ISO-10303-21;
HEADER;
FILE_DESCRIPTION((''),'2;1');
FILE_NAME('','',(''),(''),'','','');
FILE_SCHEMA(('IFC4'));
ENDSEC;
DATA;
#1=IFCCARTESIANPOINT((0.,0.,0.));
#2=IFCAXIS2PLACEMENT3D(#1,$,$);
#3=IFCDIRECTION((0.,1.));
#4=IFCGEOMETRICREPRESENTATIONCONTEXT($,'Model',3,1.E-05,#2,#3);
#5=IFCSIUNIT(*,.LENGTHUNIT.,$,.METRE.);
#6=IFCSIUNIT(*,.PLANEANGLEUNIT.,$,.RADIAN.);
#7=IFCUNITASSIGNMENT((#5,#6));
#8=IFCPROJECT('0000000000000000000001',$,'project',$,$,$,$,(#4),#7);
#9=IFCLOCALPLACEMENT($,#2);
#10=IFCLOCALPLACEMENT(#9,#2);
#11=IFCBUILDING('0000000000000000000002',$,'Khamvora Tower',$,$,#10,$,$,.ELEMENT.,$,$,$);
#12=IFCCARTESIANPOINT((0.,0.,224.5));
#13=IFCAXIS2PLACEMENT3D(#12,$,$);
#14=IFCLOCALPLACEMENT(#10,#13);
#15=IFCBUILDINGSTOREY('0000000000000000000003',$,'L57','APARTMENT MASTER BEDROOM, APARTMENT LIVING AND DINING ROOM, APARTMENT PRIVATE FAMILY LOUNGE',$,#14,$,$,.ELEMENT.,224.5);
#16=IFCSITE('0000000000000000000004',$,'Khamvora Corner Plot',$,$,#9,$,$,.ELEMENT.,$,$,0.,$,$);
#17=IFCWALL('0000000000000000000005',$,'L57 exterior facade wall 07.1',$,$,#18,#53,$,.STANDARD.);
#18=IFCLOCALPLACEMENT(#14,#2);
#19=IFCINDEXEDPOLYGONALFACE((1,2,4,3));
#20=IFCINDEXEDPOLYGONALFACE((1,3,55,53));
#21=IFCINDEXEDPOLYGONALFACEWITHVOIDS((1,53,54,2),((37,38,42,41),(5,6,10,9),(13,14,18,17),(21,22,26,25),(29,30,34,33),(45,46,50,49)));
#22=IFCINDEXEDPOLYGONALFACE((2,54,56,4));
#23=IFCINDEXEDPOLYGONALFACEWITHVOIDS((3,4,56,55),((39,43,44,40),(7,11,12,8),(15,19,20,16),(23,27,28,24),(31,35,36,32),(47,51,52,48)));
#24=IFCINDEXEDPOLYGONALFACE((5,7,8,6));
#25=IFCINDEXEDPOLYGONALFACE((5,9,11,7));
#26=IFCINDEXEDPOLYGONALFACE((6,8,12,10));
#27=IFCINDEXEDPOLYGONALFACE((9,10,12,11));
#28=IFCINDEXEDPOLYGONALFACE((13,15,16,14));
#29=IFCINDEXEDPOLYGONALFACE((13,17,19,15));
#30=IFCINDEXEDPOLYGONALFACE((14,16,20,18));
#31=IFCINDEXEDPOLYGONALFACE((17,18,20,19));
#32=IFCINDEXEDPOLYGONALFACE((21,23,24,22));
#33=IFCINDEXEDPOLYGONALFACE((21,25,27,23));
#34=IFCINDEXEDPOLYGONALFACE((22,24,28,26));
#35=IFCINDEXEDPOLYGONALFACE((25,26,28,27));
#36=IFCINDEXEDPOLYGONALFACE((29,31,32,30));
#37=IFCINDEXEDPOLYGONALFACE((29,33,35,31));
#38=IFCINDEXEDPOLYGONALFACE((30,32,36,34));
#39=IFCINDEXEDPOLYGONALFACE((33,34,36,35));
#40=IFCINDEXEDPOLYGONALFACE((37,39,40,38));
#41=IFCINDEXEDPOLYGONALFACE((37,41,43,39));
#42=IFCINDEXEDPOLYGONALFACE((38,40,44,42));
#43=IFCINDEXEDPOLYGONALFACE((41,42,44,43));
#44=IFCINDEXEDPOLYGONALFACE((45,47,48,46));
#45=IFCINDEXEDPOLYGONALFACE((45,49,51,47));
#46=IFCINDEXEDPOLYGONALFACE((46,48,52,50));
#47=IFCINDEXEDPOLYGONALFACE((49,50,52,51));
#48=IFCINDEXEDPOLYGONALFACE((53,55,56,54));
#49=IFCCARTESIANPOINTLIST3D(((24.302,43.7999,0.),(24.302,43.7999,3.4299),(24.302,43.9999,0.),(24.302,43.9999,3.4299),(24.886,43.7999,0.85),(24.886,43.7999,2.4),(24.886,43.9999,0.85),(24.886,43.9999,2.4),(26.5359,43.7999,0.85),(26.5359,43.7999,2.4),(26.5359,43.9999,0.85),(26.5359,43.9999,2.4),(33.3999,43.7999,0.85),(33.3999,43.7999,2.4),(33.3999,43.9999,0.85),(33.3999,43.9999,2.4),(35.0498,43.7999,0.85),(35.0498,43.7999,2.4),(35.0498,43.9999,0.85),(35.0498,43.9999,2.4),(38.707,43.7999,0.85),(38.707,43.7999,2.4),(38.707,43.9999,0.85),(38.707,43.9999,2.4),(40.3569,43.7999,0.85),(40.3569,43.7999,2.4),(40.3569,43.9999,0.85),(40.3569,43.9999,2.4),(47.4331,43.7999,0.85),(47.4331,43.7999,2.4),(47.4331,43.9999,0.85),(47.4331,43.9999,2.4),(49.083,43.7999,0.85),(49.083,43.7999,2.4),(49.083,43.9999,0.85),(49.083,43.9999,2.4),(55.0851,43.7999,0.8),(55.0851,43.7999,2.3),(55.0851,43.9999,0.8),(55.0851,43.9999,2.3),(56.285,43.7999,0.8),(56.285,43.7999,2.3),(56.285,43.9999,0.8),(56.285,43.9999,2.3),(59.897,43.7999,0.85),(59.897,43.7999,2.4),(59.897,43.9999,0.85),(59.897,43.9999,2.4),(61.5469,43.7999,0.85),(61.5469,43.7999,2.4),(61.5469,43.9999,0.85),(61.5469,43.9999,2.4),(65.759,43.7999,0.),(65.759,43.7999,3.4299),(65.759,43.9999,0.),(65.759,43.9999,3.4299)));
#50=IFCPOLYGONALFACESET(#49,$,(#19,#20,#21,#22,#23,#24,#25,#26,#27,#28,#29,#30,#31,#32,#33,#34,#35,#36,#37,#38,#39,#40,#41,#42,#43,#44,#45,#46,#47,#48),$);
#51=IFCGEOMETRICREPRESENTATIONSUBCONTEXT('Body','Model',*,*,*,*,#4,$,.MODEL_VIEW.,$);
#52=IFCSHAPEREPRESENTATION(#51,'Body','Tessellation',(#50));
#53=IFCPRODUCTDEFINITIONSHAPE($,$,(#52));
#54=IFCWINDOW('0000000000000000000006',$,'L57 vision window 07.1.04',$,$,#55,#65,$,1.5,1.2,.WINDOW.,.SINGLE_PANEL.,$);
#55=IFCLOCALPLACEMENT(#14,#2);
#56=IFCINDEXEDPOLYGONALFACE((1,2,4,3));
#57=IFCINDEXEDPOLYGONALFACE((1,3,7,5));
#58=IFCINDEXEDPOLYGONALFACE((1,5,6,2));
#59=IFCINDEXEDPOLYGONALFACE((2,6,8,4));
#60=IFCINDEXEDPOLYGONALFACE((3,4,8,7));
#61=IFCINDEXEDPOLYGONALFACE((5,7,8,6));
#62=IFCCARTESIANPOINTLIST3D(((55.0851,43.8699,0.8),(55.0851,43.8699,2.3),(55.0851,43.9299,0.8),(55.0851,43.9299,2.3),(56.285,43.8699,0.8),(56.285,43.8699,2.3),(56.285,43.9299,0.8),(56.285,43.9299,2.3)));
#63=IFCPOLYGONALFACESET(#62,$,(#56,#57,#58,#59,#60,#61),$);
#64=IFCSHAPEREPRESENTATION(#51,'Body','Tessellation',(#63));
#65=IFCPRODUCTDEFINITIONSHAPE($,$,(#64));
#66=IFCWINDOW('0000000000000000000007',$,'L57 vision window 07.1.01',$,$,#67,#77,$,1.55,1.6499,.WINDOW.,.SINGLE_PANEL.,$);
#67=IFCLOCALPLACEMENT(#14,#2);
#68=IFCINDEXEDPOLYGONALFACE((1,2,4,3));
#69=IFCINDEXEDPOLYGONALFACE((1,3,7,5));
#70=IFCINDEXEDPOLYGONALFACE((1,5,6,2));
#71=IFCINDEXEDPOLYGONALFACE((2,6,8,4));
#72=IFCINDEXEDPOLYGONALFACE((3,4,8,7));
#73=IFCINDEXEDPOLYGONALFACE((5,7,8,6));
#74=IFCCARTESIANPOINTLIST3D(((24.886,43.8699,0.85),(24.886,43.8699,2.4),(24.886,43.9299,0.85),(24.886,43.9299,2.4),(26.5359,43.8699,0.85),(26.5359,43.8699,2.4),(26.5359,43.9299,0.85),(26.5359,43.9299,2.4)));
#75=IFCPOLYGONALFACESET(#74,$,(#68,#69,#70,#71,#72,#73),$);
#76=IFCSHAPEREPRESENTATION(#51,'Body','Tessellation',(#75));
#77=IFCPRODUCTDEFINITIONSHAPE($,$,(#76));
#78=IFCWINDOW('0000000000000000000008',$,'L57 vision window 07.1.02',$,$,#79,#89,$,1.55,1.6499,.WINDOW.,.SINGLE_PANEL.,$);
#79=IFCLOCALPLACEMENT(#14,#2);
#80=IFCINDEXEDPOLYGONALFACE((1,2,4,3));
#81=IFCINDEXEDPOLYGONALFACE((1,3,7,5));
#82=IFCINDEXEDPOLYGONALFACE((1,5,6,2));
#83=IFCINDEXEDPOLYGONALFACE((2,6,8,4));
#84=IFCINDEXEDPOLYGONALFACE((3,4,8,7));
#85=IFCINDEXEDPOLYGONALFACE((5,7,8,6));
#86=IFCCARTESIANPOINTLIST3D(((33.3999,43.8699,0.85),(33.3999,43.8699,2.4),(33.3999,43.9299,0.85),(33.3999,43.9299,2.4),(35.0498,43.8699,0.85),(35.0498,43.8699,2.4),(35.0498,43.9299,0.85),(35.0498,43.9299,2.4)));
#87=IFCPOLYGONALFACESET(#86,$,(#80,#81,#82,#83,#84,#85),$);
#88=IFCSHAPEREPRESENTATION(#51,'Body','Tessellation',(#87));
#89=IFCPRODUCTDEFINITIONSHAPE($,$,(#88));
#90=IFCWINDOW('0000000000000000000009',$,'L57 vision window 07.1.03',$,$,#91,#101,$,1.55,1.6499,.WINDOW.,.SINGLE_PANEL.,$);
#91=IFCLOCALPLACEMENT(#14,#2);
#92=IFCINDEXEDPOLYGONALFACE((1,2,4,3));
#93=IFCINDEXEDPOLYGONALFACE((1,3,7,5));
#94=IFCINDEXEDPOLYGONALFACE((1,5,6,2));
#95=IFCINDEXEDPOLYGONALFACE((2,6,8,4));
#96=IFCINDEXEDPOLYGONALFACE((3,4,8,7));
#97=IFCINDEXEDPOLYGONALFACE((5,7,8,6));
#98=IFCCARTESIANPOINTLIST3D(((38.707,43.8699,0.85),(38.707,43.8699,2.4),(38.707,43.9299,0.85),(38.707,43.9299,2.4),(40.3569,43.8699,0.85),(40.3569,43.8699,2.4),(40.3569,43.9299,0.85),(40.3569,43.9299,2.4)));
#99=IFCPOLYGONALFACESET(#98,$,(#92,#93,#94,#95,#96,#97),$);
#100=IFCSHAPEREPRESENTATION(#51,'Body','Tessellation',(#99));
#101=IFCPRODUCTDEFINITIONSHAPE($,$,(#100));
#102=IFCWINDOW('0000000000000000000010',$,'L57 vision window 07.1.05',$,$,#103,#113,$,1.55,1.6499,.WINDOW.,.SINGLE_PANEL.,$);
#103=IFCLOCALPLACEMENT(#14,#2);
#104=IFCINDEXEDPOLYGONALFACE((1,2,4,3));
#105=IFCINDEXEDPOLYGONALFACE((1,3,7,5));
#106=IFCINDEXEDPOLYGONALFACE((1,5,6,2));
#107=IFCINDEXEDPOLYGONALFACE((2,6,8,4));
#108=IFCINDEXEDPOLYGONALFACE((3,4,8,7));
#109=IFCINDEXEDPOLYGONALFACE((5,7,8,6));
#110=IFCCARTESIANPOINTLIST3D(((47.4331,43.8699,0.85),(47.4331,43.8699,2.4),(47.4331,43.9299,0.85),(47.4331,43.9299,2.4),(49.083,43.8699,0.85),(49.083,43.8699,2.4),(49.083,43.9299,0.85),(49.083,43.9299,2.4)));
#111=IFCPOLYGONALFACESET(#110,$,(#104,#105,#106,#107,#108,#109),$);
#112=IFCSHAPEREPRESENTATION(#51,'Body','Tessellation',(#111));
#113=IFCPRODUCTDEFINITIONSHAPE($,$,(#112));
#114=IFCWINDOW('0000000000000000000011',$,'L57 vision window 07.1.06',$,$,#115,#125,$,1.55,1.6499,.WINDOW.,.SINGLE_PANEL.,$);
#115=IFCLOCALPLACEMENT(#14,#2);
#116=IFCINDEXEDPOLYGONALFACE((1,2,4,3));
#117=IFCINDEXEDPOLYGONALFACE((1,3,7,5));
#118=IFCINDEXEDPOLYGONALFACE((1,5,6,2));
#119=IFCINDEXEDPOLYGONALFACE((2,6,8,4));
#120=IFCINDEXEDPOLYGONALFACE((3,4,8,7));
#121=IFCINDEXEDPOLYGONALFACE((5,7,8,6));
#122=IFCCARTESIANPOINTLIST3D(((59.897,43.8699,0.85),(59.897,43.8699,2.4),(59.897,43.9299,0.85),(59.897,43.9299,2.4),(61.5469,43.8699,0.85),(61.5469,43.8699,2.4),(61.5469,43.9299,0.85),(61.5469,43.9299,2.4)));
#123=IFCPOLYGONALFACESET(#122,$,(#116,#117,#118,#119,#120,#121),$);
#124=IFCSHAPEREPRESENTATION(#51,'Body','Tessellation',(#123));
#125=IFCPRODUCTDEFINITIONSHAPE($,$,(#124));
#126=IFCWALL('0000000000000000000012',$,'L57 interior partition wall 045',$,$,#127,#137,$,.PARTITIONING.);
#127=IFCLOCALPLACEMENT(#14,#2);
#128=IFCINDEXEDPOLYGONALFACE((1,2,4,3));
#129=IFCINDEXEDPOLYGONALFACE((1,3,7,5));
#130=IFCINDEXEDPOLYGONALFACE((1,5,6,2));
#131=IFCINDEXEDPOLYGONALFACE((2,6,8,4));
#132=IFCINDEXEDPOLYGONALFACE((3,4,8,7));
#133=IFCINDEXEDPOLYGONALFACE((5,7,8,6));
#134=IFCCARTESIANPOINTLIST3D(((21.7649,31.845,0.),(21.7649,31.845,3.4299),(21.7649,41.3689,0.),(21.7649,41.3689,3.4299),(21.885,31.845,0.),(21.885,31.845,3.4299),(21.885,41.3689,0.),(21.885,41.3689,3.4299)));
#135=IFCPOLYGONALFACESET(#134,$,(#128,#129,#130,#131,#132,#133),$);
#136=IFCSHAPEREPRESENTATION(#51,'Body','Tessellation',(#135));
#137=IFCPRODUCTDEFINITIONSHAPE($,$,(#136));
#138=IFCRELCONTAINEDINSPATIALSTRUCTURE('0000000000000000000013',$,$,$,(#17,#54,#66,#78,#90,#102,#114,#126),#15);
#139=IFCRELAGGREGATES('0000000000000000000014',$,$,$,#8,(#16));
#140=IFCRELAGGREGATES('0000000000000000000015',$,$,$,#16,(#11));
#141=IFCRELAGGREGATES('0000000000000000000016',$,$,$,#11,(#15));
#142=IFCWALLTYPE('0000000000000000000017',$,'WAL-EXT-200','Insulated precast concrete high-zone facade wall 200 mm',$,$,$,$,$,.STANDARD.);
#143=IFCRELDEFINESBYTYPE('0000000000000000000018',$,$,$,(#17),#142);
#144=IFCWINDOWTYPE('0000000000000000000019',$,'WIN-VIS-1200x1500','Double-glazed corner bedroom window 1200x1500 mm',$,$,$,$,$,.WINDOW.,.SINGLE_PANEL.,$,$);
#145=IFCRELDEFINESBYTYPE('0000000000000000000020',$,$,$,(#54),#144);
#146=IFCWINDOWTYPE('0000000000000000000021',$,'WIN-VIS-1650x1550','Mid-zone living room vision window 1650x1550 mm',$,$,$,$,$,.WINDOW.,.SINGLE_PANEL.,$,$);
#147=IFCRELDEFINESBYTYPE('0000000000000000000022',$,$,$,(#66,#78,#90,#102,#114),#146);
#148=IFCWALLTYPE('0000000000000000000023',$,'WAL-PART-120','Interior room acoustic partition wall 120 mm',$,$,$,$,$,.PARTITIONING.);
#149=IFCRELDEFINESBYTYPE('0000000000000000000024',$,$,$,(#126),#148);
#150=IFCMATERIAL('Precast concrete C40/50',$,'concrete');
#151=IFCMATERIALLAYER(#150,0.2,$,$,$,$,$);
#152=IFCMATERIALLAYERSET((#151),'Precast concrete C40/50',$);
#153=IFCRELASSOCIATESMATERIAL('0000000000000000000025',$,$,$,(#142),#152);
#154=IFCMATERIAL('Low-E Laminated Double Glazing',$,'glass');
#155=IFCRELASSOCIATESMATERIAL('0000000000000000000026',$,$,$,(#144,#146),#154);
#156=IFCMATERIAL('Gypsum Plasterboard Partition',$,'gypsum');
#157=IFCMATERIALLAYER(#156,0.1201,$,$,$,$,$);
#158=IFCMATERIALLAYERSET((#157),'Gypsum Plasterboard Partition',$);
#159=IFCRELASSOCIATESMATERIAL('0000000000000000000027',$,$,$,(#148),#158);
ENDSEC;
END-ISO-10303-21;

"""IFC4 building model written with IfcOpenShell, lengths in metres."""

from ifc_helpers import new_model, si_unit, direction, frame, frame_2d, origin, place, context, subcontext, project, spatial, rectangle, extrude, material, layer, layer_set, type_object, element, fill, save


model = new_model("IFC4")

# Units and contexts
model_context = context("Model", 3, precision=1e-05, world=origin(), true_north=direction((0.0, 1.0)))
body_context = subcontext(model_context, "Body", "Model", "MODEL_VIEW")
ifc_project = project(units=[si_unit("LENGTHUNIT", "METRE"), si_unit("PLANEANGLEUNIT", "RADIAN")], contexts=[model_context])

# Site, building, storey
site_placement = place(None, origin())
site = spatial("IfcSite", under=ifc_project, at=site_placement, Name="Khamvora Corner Plot", CompositionType="ELEMENT", RefElevation=0.0)
building_placement = place(site_placement, origin())
building = spatial("IfcBuilding", under=site, at=building_placement, Name="Khamvora Tower", CompositionType="ELEMENT")
storey_placement = place(building_placement, frame((0.0, 0.0, 224.5)))
storey = spatial("IfcBuildingStorey", under=building, at=storey_placement, Name="L57", Description="APARTMENT MASTER BEDROOM, APARTMENT LIVING AND DINING ROOM, APARTMENT PRIVATE FAMILY LOUNGE", CompositionType="ELEMENT", Elevation=224.5)

# Shared definitions
ifc_material_1 = material(Name="Precast concrete C40/50", Category="concrete")
ifc_layer_1 = layer(ifc_material_1, 0.2)
ifc_layer_set_1 = layer_set([ifc_layer_1], Name="Precast concrete C40/50")
wall_type_1 = type_object("IfcWallType", Name="WAL-EXT-200", Description="Insulated precast concrete high-zone facade wall 200 mm", PredefinedType="STANDARD", material=ifc_layer_set_1)

# Wall, openings, windows
wall_1_placement = place(storey_placement, frame((24.302, 43.8999, 0.0), z_axis=(0.0, 0.0, 1.0), x_axis=(1.0, 0.0, 0.0)))
wall_1 = element("IfcWall", 1, at=wall_1_placement, inside=storey, type_object=wall_type_1, Name="L57 exterior facade wall 07.1", PredefinedType="STANDARD", context=body_context, shape_type="SweptSolid", body=[
    extrude(rectangle(XDim=41.457, YDim=0.2, at=frame_2d((20.7285, 0.0))), origin(), (0.0, 0.0, 1.0), 3.4299),
])
opening_1_placement = place(wall_1_placement, frame((0.584, 0.0, 0.8501)))
opening_1 = element("IfcOpeningElement", 2, at=opening_1_placement, cuts=wall_1, PredefinedType="OPENING", context=body_context, shape_type="SweptSolid", body=[
    extrude(rectangle(XDim=1.6499, YDim=1.55, at=frame_2d((0.825, 0.7749))), frame((0.0, 0.1099, 0.0), z_axis=(0.0, -1.0, 0.0), x_axis=(1.0, 0.0, 0.0)), (0.0, 0.0, 1.0), 0.22),
])
opening_2_placement = place(wall_1_placement, frame((9.0979, 0.0, 0.8501)))
opening_2 = element("IfcOpeningElement", 3, at=opening_2_placement, cuts=wall_1, PredefinedType="OPENING", context=body_context, shape_type="SweptSolid", body=[
    extrude(rectangle(XDim=1.6499, YDim=1.55, at=frame_2d((0.825, 0.7749))), frame((0.0, 0.1099, 0.0), z_axis=(0.0, -1.0, 0.0), x_axis=(1.0, 0.0, 0.0)), (0.0, 0.0, 1.0), 0.22),
])
opening_3_placement = place(wall_1_placement, frame((14.405, 0.0, 0.8501)))
opening_3 = element("IfcOpeningElement", 4, at=opening_3_placement, cuts=wall_1, PredefinedType="OPENING", context=body_context, shape_type="SweptSolid", body=[
    extrude(rectangle(XDim=1.6499, YDim=1.55, at=frame_2d((0.825, 0.7749))), frame((0.0, 0.1099, 0.0), z_axis=(0.0, -1.0, 0.0), x_axis=(1.0, 0.0, 0.0)), (0.0, 0.0, 1.0), 0.22),
])
opening_4_placement = place(wall_1_placement, frame((30.783, 0.0, 0.8)))
opening_4 = element("IfcOpeningElement", 5, at=opening_4_placement, cuts=wall_1, PredefinedType="OPENING", context=body_context, shape_type="SweptSolid", body=[
    extrude(rectangle(XDim=1.2, YDim=1.5, at=frame_2d((0.6001, 0.75))), frame((0.0, 0.1099, 0.0), z_axis=(0.0, -1.0, 0.0), x_axis=(1.0, 0.0, 0.0)), (0.0, 0.0, 1.0), 0.22),
])
opening_5_placement = place(wall_1_placement, frame((23.1311, 0.0, 0.8501)))
opening_5 = element("IfcOpeningElement", 6, at=opening_5_placement, cuts=wall_1, PredefinedType="OPENING", context=body_context, shape_type="SweptSolid", body=[
    extrude(rectangle(XDim=1.6499, YDim=1.55, at=frame_2d((0.825, 0.7749))), frame((0.0, 0.1099, 0.0), z_axis=(0.0, -1.0, 0.0), x_axis=(1.0, 0.0, 0.0)), (0.0, 0.0, 1.0), 0.22),
])
opening_6_placement = place(wall_1_placement, frame((35.595, 0.0, 0.8501)))
opening_6 = element("IfcOpeningElement", 7, at=opening_6_placement, cuts=wall_1, PredefinedType="OPENING", context=body_context, shape_type="SweptSolid", body=[
    extrude(rectangle(XDim=1.6499, YDim=1.55, at=frame_2d((0.825, 0.7749))), frame((0.0, 0.1099, 0.0), z_axis=(0.0, -1.0, 0.0), x_axis=(1.0, 0.0, 0.0)), (0.0, 0.0, 1.0), 0.22),
])
ifc_material_2 = material(Name="Low-E Laminated Double Glazing", Category="glass")
window_type_1 = type_object("IfcWindowType", Name="WIN-VIS-1200x1500", Description="Double-glazed corner bedroom window 1200x1500 mm", PartitioningType="SINGLE_PANEL", PredefinedType="WINDOW", material=ifc_material_2)
window_1_placement = place(opening_4_placement, origin())
window_1 = element("IfcWindow", 8, at=window_1_placement, inside=storey, type_object=window_type_1, Name="L57 vision window 07.1.04", OverallHeight=1.5, OverallWidth=1.2, PartitioningType="SINGLE_PANEL", PredefinedType="WINDOW", context=body_context, shape_type="SweptSolid", body=[
    extrude(rectangle(XDim=1.2, YDim=1.5, at=frame_2d((0.6001, 0.75))), frame((0.0, 0.03, 0.0), z_axis=(0.0, -1.0, 0.0), x_axis=(1.0, 0.0, 0.0)), (0.0, 0.0, 1.0), 0.0601),
])
fill(opening_4, window_1)
window_type_2 = type_object("IfcWindowType", Name="WIN-VIS-1650x1550", Description="Mid-zone living room vision window 1650x1550 mm", PartitioningType="SINGLE_PANEL", PredefinedType="WINDOW", material=ifc_material_2)
window_2_placement = place(opening_1_placement, origin())
window_2 = element("IfcWindow", 9, at=window_2_placement, inside=storey, type_object=window_type_2, Name="L57 vision window 07.1.01", OverallHeight=1.55, OverallWidth=1.6499, PartitioningType="SINGLE_PANEL", PredefinedType="WINDOW", context=body_context, shape_type="SweptSolid", body=[
    extrude(rectangle(XDim=1.6499, YDim=1.55, at=frame_2d((0.825, 0.7749))), frame((0.0, 0.03, 0.0), z_axis=(0.0, -1.0, 0.0), x_axis=(1.0, 0.0, 0.0)), (0.0, 0.0, 1.0), 0.0601),
])
fill(opening_1, window_2)
window_3_placement = place(opening_2_placement, origin())
window_3 = element("IfcWindow", 10, at=window_3_placement, inside=storey, type_object=window_type_2, Name="L57 vision window 07.1.02", OverallHeight=1.55, OverallWidth=1.6499, PartitioningType="SINGLE_PANEL", PredefinedType="WINDOW", context=body_context, shape_type="SweptSolid", body=[
    extrude(rectangle(XDim=1.6499, YDim=1.55, at=frame_2d((0.825, 0.7749))), frame((0.0, 0.03, 0.0), z_axis=(0.0, -1.0, 0.0), x_axis=(1.0, 0.0, 0.0)), (0.0, 0.0, 1.0), 0.0601),
])
fill(opening_2, window_3)
window_4_placement = place(opening_3_placement, origin())
window_4 = element("IfcWindow", 11, at=window_4_placement, inside=storey, type_object=window_type_2, Name="L57 vision window 07.1.03", OverallHeight=1.55, OverallWidth=1.6499, PartitioningType="SINGLE_PANEL", PredefinedType="WINDOW", context=body_context, shape_type="SweptSolid", body=[
    extrude(rectangle(XDim=1.6499, YDim=1.55, at=frame_2d((0.825, 0.7749))), frame((0.0, 0.03, 0.0), z_axis=(0.0, -1.0, 0.0), x_axis=(1.0, 0.0, 0.0)), (0.0, 0.0, 1.0), 0.0601),
])
fill(opening_3, window_4)
window_5_placement = place(opening_5_placement, origin())
window_5 = element("IfcWindow", 12, at=window_5_placement, inside=storey, type_object=window_type_2, Name="L57 vision window 07.1.05", OverallHeight=1.55, OverallWidth=1.6499, PartitioningType="SINGLE_PANEL", PredefinedType="WINDOW", context=body_context, shape_type="SweptSolid", body=[
    extrude(rectangle(XDim=1.6499, YDim=1.55, at=frame_2d((0.825, 0.7749))), frame((0.0, 0.03, 0.0), z_axis=(0.0, -1.0, 0.0), x_axis=(1.0, 0.0, 0.0)), (0.0, 0.0, 1.0), 0.0601),
])
fill(opening_5, window_5)
window_6_placement = place(opening_6_placement, origin())
window_6 = element("IfcWindow", 13, at=window_6_placement, inside=storey, type_object=window_type_2, Name="L57 vision window 07.1.06", OverallHeight=1.55, OverallWidth=1.6499, PartitioningType="SINGLE_PANEL", PredefinedType="WINDOW", context=body_context, shape_type="SweptSolid", body=[
    extrude(rectangle(XDim=1.6499, YDim=1.55, at=frame_2d((0.825, 0.7749))), frame((0.0, 0.03, 0.0), z_axis=(0.0, -1.0, 0.0), x_axis=(1.0, 0.0, 0.0)), (0.0, 0.0, 1.0), 0.0601),
])
fill(opening_6, window_6)

# Wall
ifc_material_3 = material(Name="Gypsum Plasterboard Partition", Category="gypsum")
ifc_layer_2 = layer(ifc_material_3, 0.1201)
ifc_layer_set_2 = layer_set([ifc_layer_2], Name="Gypsum Plasterboard Partition")
wall_type_2 = type_object("IfcWallType", Name="WAL-PART-120", Description="Interior room acoustic partition wall 120 mm", PredefinedType="PARTITIONING", material=ifc_layer_set_2)
wall_2_placement = place(storey_placement, frame((21.825, 41.3689, 0.0), z_axis=(0.0, 0.0, 1.0), x_axis=(0.0, -1.0, 0.0)))
element("IfcWall", 14, at=wall_2_placement, inside=storey, type_object=wall_type_2, Name="L57 interior partition wall 045", PredefinedType="PARTITIONING", context=body_context, shape_type="SweptSolid", body=[
    extrude(rectangle(XDim=9.5239, YDim=0.1201, at=frame_2d((4.762, 0.0))), origin(), (0.0, 0.0, 1.0), 3.4299),
])

save(model, "model.ifc")
